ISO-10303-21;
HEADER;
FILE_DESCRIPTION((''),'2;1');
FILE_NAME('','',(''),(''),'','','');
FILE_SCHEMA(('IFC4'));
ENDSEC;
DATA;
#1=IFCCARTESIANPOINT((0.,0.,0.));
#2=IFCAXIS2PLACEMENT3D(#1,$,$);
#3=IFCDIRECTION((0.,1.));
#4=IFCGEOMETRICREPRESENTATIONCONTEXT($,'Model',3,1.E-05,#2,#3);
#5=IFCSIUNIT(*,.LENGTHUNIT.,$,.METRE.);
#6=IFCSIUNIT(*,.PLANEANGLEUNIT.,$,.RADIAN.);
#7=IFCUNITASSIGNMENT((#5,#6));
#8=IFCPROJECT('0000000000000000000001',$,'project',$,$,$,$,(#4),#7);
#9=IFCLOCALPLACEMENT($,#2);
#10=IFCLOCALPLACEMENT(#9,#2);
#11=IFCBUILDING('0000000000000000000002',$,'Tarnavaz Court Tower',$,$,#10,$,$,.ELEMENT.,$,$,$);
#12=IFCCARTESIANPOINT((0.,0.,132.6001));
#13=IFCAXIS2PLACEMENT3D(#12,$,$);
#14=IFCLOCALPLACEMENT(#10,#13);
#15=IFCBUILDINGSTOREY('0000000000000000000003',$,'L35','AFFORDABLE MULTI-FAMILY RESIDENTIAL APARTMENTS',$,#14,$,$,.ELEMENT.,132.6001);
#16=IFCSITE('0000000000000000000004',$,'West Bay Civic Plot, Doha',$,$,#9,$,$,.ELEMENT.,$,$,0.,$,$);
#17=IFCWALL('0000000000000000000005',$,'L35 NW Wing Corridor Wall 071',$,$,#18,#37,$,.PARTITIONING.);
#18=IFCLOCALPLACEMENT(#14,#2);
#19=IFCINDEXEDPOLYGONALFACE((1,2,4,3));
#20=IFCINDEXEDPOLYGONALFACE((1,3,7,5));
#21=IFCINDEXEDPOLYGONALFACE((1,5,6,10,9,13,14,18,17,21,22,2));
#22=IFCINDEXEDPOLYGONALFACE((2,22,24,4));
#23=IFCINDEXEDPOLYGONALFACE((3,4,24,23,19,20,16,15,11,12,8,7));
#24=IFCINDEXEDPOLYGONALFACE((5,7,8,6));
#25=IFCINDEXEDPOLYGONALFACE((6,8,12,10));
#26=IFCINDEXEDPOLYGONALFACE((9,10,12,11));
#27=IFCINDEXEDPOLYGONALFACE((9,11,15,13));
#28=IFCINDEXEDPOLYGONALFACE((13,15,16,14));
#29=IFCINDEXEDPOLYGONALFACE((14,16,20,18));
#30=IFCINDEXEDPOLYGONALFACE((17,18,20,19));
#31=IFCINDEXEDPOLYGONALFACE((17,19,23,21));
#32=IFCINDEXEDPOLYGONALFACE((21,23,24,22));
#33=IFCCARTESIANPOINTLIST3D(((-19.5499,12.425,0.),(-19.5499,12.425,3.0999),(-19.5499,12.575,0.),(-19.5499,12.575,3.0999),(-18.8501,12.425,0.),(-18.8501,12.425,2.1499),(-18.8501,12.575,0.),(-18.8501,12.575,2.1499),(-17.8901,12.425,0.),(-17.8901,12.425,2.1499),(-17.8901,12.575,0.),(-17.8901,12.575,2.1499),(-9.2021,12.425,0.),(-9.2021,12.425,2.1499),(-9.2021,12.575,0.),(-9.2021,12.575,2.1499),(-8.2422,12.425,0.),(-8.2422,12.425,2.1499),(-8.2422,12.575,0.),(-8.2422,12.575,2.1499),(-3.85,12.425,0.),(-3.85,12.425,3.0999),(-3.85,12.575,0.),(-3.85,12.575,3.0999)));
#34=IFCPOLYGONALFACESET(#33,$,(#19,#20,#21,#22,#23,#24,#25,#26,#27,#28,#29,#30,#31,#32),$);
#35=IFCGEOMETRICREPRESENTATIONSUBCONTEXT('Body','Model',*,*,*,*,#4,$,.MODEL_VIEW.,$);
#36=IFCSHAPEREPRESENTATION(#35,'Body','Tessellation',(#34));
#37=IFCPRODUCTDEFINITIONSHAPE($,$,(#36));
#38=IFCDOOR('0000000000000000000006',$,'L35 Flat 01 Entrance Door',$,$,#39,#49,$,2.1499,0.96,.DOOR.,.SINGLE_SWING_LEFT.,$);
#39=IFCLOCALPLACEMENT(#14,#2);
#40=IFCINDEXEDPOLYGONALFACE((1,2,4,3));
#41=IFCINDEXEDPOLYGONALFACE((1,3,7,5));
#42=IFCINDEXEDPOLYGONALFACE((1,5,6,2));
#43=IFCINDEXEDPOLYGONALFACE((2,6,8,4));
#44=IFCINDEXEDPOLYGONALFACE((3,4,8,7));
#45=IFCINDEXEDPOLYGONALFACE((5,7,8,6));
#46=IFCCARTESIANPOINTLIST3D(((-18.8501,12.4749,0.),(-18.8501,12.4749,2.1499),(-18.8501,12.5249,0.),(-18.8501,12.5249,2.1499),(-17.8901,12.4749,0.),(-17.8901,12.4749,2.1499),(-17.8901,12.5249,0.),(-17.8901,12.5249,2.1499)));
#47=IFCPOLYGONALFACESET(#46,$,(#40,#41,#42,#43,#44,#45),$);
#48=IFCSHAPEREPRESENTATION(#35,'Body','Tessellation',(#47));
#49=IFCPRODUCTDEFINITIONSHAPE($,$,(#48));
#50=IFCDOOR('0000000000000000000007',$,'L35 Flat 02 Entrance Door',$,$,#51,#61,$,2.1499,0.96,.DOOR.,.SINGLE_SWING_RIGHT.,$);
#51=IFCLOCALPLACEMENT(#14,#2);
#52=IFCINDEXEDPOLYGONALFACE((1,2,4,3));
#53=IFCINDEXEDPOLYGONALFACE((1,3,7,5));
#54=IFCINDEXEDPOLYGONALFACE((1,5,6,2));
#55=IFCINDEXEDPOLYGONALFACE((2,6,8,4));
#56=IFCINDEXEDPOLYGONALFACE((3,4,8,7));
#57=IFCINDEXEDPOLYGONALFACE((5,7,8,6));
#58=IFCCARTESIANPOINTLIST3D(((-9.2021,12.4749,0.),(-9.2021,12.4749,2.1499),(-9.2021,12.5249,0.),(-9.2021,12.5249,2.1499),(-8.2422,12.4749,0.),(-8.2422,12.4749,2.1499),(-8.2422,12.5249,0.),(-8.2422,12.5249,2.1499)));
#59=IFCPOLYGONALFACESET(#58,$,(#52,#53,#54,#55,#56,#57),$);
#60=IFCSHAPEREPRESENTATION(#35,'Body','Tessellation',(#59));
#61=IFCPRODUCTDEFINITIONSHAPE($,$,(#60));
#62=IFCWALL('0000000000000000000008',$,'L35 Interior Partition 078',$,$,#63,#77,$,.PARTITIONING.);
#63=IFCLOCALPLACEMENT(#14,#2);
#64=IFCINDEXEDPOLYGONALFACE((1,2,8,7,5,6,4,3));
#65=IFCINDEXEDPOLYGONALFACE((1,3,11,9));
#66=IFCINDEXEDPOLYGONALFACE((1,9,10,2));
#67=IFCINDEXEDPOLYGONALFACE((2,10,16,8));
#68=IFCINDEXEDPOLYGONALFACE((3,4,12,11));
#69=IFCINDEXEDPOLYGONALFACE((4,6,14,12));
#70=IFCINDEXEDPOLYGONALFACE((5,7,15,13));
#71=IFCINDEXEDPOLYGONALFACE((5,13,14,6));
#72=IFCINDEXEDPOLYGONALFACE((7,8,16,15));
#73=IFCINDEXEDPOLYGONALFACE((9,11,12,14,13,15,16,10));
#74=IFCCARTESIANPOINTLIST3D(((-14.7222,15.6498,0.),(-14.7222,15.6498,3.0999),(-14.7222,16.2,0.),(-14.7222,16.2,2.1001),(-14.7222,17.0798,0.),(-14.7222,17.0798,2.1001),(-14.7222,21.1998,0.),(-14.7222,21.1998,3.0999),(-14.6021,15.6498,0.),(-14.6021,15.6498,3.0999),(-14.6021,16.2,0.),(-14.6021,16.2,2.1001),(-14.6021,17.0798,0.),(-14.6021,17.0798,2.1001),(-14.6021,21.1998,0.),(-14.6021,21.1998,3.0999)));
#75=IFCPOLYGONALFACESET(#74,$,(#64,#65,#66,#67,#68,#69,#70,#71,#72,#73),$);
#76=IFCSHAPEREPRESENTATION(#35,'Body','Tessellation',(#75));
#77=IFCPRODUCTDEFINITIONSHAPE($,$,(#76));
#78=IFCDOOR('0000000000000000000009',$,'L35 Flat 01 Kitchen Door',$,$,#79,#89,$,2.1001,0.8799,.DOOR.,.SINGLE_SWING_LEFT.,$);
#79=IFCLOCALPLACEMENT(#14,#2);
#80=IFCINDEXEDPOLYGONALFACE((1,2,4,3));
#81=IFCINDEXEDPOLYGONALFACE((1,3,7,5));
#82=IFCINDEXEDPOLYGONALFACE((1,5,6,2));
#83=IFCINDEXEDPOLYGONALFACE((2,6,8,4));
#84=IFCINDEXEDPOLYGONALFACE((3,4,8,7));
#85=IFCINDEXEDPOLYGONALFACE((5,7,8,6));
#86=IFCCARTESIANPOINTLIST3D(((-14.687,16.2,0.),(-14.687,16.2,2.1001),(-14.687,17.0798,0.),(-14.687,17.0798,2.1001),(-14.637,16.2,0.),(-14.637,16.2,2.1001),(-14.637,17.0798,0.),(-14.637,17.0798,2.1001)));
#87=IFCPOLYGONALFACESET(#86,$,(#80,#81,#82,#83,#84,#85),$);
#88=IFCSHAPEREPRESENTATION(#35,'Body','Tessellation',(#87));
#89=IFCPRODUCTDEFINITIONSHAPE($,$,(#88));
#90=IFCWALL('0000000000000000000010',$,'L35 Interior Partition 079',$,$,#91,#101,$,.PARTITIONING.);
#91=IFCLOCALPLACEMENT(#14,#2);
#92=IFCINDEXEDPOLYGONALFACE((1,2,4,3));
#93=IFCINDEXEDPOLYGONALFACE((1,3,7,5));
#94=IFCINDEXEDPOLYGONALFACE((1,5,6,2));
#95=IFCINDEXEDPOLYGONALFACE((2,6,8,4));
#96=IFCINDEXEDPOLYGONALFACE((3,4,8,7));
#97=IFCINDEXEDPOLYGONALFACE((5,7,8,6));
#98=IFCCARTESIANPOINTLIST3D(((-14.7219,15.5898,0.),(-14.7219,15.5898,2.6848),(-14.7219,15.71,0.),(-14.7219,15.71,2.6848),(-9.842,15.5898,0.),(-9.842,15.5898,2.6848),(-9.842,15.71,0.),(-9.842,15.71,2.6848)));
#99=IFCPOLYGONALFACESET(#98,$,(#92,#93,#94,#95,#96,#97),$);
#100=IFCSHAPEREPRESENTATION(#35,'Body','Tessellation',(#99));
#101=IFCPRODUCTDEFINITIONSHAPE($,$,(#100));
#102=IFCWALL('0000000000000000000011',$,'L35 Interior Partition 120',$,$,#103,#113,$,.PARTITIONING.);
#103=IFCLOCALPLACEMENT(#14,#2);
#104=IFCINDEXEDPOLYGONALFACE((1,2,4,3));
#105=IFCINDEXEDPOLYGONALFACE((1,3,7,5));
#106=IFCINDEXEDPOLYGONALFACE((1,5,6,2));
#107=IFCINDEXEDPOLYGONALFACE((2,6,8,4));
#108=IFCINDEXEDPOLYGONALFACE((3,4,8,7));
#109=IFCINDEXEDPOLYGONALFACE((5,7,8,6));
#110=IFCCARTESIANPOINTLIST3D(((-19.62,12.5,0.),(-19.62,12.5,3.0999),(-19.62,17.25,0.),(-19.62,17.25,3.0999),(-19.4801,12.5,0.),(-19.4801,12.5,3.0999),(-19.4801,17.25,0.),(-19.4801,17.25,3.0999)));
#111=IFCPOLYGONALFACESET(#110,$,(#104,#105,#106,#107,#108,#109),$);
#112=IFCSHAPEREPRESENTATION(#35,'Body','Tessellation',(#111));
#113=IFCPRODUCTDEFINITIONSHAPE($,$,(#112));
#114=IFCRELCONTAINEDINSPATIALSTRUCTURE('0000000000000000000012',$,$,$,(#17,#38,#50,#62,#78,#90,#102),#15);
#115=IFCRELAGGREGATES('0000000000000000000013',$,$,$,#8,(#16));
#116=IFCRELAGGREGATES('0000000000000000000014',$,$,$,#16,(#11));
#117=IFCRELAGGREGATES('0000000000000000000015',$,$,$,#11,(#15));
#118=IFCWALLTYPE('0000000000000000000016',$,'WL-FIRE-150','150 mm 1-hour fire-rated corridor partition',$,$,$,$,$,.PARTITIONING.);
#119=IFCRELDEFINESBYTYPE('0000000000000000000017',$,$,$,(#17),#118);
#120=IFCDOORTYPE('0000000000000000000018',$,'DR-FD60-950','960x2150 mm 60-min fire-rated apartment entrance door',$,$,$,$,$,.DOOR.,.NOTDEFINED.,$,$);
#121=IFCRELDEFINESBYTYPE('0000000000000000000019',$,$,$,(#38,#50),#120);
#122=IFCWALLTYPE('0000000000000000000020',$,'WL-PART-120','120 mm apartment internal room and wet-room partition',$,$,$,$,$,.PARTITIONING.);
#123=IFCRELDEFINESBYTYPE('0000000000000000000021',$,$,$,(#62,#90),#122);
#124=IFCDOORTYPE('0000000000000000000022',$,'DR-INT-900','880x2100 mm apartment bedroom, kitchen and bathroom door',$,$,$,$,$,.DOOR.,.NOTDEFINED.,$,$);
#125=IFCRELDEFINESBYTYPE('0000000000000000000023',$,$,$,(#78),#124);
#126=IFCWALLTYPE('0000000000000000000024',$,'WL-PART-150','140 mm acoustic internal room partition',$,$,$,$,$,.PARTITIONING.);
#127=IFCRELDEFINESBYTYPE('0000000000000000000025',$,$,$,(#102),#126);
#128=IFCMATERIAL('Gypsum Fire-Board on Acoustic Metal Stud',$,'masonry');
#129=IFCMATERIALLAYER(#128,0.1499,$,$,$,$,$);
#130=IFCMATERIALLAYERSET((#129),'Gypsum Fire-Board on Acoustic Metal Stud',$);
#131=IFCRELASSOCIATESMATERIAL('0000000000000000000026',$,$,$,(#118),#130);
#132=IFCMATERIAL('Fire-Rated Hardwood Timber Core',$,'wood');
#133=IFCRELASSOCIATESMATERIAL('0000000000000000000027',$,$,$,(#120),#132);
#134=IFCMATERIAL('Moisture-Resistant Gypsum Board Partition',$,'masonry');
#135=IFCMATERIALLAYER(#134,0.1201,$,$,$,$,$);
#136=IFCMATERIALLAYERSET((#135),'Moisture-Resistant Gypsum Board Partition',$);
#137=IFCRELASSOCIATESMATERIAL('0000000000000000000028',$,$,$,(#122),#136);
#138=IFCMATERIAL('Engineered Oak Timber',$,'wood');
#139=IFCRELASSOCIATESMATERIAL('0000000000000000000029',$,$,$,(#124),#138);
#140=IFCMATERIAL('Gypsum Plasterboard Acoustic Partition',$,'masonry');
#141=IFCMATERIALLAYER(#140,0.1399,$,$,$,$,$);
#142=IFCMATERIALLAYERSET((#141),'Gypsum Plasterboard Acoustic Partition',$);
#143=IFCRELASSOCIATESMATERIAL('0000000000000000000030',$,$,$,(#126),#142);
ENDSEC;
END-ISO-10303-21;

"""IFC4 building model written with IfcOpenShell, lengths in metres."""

from ifc_helpers import new_model, si_unit, direction, frame, frame_2d, origin, place, context, subcontext, project, spatial, rectangle, extrude, material, layer, layer_set, type_object, element, fill, save


model = new_model("IFC4")

# Units and contexts
model_context = context("Model", 3, precision=1e-05, world=origin(), true_north=direction((0.0, 1.0)))
body_context = subcontext(model_context, "Body", "Model", "MODEL_VIEW")
ifc_project = project(units=[si_unit("LENGTHUNIT", "METRE"), si_unit("PLANEANGLEUNIT", "RADIAN")], contexts=[model_context])

# Site, building, storey
site_placement = place(None, origin())
site = spatial("IfcSite", under=ifc_project, at=site_placement, Name="West Bay Civic Plot, Doha", CompositionType="ELEMENT", RefElevation=0.0)
building_placement = place(site_placement, origin())
building = spatial("IfcBuilding", under=site, at=building_placement, Name="Tarnavaz Court Tower", CompositionType="ELEMENT")
storey_placement = place(building_placement, frame((0.0, 0.0, 132.6001)))
storey = spatial("IfcBuildingStorey", under=building, at=storey_placement, Name="L35", Description="AFFORDABLE MULTI-FAMILY RESIDENTIAL APARTMENTS", CompositionType="ELEMENT", Elevation=132.6001)

# Wall, openings, doors
ifc_material_1 = material(Name="Gypsum Fire-Board on Acoustic Metal Stud", Category="masonry")
ifc_layer_1 = layer(ifc_material_1, 0.1499)
ifc_layer_set_1 = layer_set([ifc_layer_1], Name="Gypsum Fire-Board on Acoustic Metal Stud")
wall_type_1 = type_object("IfcWallType", Name="WL-FIRE-150", Description="150 mm 1-hour fire-rated corridor partition", PredefinedType="PARTITIONING", material=ifc_layer_set_1)
wall_1_placement = place(storey_placement, frame((-19.55, 12.5, 0.0), z_axis=(0.0, 0.0, 1.0), x_axis=(1.0, 0.0, 0.0)))
wall_1 = element("IfcWall", 1, at=wall_1_placement, inside=storey, type_object=wall_type_1, Name="L35 NW Wing Corridor Wall 071", PredefinedType="PARTITIONING", context=body_context, shape_type="SweptSolid", body=[
    extrude(rectangle(XDim=15.7, YDim=0.1499, at=frame_2d((7.8501, 0.0))), origin(), (0.0, 0.0, 1.0), 3.0999),
])
opening_1_placement = place(wall_1_placement, frame((0.7, 0.0, 0.0)))
opening_1 = element("IfcOpeningElement", 2, at=opening_1_placement, cuts=wall_1, PredefinedType="OPENING", context=body_context, shape_type="SweptSolid", body=[
    extrude(rectangle(XDim=0.96, YDim=2.1499, at=frame_2d((0.48, 1.075))), frame((0.0, 0.085, 0.0), z_axis=(0.0, -1.0, 0.0), x_axis=(1.0, 0.0, 0.0)), (0.0, 0.0, 1.0), 0.1699),
])
opening_2_placement = place(wall_1_placement, frame((10.3479, 0.0, 0.0)))
opening_2 = element("IfcOpeningElement", 3, at=opening_2_placement, cuts=wall_1, PredefinedType="OPENING", context=body_context, shape_type="SweptSolid", body=[
    extrude(rectangle(XDim=0.96, YDim=2.1499, at=frame_2d((0.48, 1.075))), frame((0.0, 0.085, 0.0), z_axis=(0.0, -1.0, 0.0), x_axis=(1.0, 0.0, 0.0)), (0.0, 0.0, 1.0), 0.1699),
])
ifc_material_2 = material(Name="Fire-Rated Hardwood Timber Core", Category="wood")
door_type_1 = type_object("IfcDoorType", Name="DR-FD60-950", Description="960x2150 mm 60-min fire-rated apartment entrance door", OperationType="NOTDEFINED", PredefinedType="DOOR", material=ifc_material_2)
door_1_placement = place(opening_1_placement, origin())
door_1 = element("IfcDoor", 4, at=door_1_placement, inside=storey, type_object=door_type_1, Name="L35 Flat 01 Entrance Door", OperationType="SINGLE_SWING_LEFT", OverallHeight=2.1499, OverallWidth=0.96, PredefinedType="DOOR", context=body_context, shape_type="SweptSolid", body=[
    extrude(rectangle(XDim=0.96, YDim=2.1499, at=frame_2d((0.48, 1.075))), frame((0.0, 0.0249, 0.0), z_axis=(0.0, -1.0, 0.0), x_axis=(1.0, 0.0, 0.0)), (0.0, 0.0, 1.0), 0.05),
])
fill(opening_1, door_1)
door_2_placement = place(opening_2_placement, origin())
door_2 = element("IfcDoor", 5, at=door_2_placement, inside=storey, type_object=door_type_1, Name="L35 Flat 02 Entrance Door", OperationType="SINGLE_SWING_RIGHT", OverallHeight=2.1499, OverallWidth=0.96, PredefinedType="DOOR", context=body_context, shape_type="SweptSolid", body=[
    extrude(rectangle(XDim=0.96, YDim=2.1499, at=frame_2d((0.48, 1.075))), frame((0.0, 0.0249, 0.0), z_axis=(0.0, -1.0, 0.0), x_axis=(1.0, 0.0, 0.0)), (0.0, 0.0, 1.0), 0.05),
])
fill(opening_2, door_2)

# Wall, opening, door
ifc_material_3 = material(Name="Moisture-Resistant Gypsum Board Partition", Category="masonry")
ifc_layer_2 = layer(ifc_material_3, 0.1201)
ifc_layer_set_2 = layer_set([ifc_layer_2], Name="Moisture-Resistant Gypsum Board Partition")
wall_type_2 = type_object("IfcWallType", Name="WL-PART-120", Description="120 mm apartment internal room and wet-room partition", PredefinedType="PARTITIONING", material=ifc_layer_set_2)
wall_2_placement = place(storey_placement, frame((-14.6621, 15.6499, 0.0), z_axis=(0.0, 0.0, 1.0), x_axis=(0.0, 1.0, 0.0)))
wall_2 = element("IfcWall", 6, at=wall_2_placement, inside=storey, type_object=wall_type_2, Name="L35 Interior Partition 078", PredefinedType="PARTITIONING", context=body_context, shape_type="SweptSolid", body=[
    extrude(rectangle(XDim=5.55, YDim=0.1201, at=frame_2d((2.7749, 0.0))), origin(), (0.0, 0.0, 1.0), 3.0999),
])
opening_3_placement = place(wall_2_placement, frame((0.55, 0.0, 0.0)))
opening_3 = element("IfcOpeningElement", 7, at=opening_3_placement, cuts=wall_2, PredefinedType="OPENING", context=body_context, shape_type="SweptSolid", body=[
    extrude(rectangle(XDim=0.8799, YDim=2.1001, at=frame_2d((0.4399, 1.05))), frame((0.0, 0.0701, 0.0), z_axis=(0.0, -1.0, 0.0), x_axis=(1.0, 0.0, 0.0)), (0.0, 0.0, 1.0), 0.1401),
])
ifc_material_4 = material(Name="Engineered Oak Timber", Category="wood")
door_type_2 = type_object("IfcDoorType", Name="DR-INT-900", Description="880x2100 mm apartment bedroom, kitchen and bathroom door", OperationType="NOTDEFINED", PredefinedType="DOOR", material=ifc_material_4)
door_3_placement = place(opening_3_placement, origin())
door_3 = element("IfcDoor", 8, at=door_3_placement, inside=storey, type_object=door_type_2, Name="L35 Flat 01 Kitchen Door", OperationType="SINGLE_SWING_LEFT", OverallHeight=2.1001, OverallWidth=0.8799, PredefinedType="DOOR", context=body_context, shape_type="SweptSolid", body=[
    extrude(rectangle(XDim=0.8799, YDim=2.1001, at=frame_2d((0.4399, 1.05))), frame((0.0, 0.0249, 0.0), z_axis=(0.0, -1.0, 0.0), x_axis=(1.0, 0.0, 0.0)), (0.0, 0.0, 1.0), 0.05),
])
fill(opening_3, door_3)

# Walls
wall_3_placement = place(storey_placement, frame((-14.7219, 15.6499, 0.0), z_axis=(0.0, 0.0, 1.0), x_axis=(1.0, 0.0, 0.0)))
element("IfcWall", 9, at=wall_3_placement, inside=storey, type_object=wall_type_2, Name="L35 Interior Partition 079", PredefinedType="PARTITIONING", context=body_context, shape_type="SweptSolid", body=[
    extrude(rectangle(XDim=4.8799, YDim=0.1201, at=frame_2d((2.4399, 0.0))), origin(), (0.0, 0.0, 1.0), 2.6848),
])
ifc_material_5 = material(Name="Gypsum Plasterboard Acoustic Partition", Category="masonry")
ifc_layer_3 = layer(ifc_material_5, 0.1399)
ifc_layer_set_3 = layer_set([ifc_layer_3], Name="Gypsum Plasterboard Acoustic Partition")
wall_type_3 = type_object("IfcWallType", Name="WL-PART-150", Description="140 mm acoustic internal room partition", PredefinedType="PARTITIONING", material=ifc_layer_set_3)
wall_4_placement = place(storey_placement, frame((-19.55, 12.5, 0.0), z_axis=(0.0, 0.0, 1.0), x_axis=(0.0, 1.0, 0.0)))
element("IfcWall", 10, at=wall_4_placement, inside=storey, type_object=wall_type_3, Name="L35 Interior Partition 120", PredefinedType="PARTITIONING", context=body_context, shape_type="SweptSolid", body=[
    extrude(rectangle(XDim=4.75, YDim=0.1399, at=frame_2d((2.375, 0.0))), origin(), (0.0, 0.0, 1.0), 3.0999),
])

save(model, "model.ifc")
